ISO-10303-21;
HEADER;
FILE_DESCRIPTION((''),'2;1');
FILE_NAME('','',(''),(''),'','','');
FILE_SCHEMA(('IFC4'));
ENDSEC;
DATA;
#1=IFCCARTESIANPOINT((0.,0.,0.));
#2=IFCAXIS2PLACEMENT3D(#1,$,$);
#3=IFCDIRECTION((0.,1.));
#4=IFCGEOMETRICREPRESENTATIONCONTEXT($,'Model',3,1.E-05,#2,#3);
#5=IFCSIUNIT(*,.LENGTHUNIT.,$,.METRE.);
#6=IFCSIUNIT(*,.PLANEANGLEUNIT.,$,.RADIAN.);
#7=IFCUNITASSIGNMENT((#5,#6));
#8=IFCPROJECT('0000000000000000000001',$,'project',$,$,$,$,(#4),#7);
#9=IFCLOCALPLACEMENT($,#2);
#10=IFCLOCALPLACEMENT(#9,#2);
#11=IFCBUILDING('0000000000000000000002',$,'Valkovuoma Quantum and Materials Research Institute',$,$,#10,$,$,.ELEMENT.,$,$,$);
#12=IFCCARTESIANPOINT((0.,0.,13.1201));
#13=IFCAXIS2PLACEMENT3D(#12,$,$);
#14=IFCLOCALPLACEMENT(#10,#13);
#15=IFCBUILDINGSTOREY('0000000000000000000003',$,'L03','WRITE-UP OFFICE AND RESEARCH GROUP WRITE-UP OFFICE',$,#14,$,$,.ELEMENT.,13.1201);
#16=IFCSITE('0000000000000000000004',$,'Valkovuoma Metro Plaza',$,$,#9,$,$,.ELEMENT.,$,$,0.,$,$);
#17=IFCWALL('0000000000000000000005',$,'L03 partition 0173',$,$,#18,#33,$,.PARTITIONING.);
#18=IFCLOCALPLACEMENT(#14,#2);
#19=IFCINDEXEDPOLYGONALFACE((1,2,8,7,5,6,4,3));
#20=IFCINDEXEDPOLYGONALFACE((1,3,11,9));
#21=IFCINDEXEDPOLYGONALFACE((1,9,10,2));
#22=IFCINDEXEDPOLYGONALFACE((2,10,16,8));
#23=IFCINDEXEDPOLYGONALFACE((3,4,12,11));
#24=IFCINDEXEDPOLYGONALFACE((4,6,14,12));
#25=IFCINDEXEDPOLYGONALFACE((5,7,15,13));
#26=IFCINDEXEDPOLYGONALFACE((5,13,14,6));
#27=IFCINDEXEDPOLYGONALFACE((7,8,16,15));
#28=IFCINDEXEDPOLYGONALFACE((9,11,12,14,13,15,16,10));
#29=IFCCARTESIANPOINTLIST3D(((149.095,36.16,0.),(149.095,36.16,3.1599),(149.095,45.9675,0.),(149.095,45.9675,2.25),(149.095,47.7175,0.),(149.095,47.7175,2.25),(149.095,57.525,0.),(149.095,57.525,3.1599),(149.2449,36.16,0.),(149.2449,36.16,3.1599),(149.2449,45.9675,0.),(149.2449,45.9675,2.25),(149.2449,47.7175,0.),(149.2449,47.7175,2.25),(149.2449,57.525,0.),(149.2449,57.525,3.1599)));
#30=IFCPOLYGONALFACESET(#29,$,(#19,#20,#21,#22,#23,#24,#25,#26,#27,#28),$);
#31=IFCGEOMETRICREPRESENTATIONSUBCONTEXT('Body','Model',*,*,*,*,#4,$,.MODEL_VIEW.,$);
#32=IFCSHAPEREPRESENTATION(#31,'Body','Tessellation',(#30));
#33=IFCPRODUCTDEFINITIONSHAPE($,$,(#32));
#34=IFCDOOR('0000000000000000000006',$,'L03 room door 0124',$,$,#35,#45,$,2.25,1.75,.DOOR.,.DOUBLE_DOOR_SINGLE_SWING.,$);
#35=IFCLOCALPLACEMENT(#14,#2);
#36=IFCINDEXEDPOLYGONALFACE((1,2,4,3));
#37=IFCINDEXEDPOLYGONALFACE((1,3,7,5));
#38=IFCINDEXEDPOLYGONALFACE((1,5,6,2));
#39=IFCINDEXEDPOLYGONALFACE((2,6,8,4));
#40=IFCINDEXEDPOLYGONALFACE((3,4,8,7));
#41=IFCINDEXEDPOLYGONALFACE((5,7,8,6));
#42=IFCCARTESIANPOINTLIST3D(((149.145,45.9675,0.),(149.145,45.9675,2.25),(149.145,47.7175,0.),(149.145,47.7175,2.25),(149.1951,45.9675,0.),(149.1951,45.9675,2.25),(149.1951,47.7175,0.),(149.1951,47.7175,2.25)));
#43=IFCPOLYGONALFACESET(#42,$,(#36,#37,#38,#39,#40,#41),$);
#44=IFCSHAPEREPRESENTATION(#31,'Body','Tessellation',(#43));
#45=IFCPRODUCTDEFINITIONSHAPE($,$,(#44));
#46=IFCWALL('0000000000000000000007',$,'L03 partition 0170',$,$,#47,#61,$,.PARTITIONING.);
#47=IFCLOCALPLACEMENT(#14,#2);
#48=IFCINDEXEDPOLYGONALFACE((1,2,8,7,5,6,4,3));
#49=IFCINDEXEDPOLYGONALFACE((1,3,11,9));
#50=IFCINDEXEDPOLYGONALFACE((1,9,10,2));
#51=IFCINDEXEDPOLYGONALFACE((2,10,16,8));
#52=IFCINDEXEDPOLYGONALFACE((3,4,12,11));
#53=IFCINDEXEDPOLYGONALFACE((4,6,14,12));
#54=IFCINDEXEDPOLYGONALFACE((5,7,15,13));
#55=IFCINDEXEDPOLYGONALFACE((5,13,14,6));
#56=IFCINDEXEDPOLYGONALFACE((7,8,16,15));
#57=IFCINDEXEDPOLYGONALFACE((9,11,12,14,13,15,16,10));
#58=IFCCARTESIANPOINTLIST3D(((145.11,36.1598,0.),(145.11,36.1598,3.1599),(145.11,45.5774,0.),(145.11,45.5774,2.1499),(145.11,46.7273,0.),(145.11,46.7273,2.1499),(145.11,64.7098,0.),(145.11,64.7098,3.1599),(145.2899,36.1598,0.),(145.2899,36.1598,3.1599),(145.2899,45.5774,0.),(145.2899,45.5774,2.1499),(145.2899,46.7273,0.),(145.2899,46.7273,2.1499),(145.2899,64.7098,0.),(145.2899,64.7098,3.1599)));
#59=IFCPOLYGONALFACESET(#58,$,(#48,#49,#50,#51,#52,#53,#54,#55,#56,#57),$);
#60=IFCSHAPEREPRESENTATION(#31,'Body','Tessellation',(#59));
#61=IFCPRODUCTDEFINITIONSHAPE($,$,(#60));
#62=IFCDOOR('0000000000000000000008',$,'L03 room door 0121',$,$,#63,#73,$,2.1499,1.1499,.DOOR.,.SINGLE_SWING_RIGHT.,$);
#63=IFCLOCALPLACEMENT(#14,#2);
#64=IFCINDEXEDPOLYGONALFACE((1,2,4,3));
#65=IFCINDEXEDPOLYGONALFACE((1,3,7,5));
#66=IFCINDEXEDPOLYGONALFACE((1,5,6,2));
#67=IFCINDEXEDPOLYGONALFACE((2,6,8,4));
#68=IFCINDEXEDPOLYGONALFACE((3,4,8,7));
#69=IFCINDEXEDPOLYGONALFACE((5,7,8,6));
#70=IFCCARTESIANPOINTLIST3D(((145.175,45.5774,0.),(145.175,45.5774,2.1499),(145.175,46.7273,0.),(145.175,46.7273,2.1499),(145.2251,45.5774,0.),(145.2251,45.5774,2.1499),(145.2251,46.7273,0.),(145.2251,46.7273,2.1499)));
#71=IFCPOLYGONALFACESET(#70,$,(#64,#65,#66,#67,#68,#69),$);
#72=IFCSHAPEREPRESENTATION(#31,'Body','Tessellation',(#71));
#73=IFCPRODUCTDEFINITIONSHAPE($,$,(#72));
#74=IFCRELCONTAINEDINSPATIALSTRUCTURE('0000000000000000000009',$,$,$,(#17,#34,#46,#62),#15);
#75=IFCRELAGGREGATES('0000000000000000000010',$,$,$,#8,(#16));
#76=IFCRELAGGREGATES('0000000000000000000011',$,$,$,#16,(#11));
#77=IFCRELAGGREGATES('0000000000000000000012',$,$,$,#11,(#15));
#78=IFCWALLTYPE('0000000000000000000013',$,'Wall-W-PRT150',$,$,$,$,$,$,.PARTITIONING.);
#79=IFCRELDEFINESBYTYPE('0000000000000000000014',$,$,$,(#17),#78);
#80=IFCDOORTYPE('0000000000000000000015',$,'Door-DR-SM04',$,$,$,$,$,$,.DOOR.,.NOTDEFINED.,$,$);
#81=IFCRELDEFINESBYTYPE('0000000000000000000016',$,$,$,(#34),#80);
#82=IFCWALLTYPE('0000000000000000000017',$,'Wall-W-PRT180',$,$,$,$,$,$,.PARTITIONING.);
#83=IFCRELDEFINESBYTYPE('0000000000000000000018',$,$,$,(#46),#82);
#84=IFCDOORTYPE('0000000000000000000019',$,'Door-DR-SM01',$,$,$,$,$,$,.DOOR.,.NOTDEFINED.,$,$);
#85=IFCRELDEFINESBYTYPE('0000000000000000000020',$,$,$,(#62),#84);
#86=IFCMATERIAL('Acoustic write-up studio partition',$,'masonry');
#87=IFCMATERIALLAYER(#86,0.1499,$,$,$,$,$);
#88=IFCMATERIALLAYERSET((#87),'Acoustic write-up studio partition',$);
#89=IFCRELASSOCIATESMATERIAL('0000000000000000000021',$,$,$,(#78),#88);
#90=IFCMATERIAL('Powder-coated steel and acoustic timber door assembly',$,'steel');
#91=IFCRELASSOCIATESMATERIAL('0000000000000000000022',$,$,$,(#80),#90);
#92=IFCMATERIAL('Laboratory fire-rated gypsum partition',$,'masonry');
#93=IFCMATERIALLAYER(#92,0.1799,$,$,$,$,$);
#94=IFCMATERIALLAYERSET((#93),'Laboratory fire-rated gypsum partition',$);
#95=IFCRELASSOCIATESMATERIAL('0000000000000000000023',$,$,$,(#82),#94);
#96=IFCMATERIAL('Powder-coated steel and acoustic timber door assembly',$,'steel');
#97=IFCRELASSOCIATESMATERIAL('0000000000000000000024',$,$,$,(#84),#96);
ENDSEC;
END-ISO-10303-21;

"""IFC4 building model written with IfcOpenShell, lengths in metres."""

from ifc_helpers import new_model, si_unit, direction, frame, frame_2d, origin, place, context, subcontext, project, spatial, rectangle, extrude, material, layer, layer_set, type_object, element, fill, save


model = new_model("IFC4")

# Units and contexts
model_context = context("Model", 3, precision=1e-05, world=origin(), true_north=direction((0.0, 1.0)))
body_context = subcontext(model_context, "Body", "Model", "MODEL_VIEW")
ifc_project = project(units=[si_unit("LENGTHUNIT", "METRE"), si_unit("PLANEANGLEUNIT", "RADIAN")], contexts=[model_context])

# Site, building, storey
site_placement = place(None, origin())
site = spatial("IfcSite", under=ifc_project, at=site_placement, Name="Valkovuoma Metro Plaza", CompositionType="ELEMENT", RefElevation=0.0)
building_placement = place(site_placement, origin())
building = spatial("IfcBuilding", under=site, at=building_placement, Name="Valkovuoma Quantum and Materials Research Institute", CompositionType="ELEMENT")
storey_placement = place(building_placement, frame((0.0, 0.0, 13.1201)))
storey = spatial("IfcBuildingStorey", under=building, at=storey_placement, Name="L03", Description="WRITE-UP OFFICE AND RESEARCH GROUP WRITE-UP OFFICE", CompositionType="ELEMENT", Elevation=13.1201)

# Walls, openings, doors
ifc_material_1 = material(Name="Acoustic write-up studio partition", Category="masonry")
ifc_layer_1 = layer(ifc_material_1, 0.1499)
ifc_layer_set_1 = layer_set([ifc_layer_1], Name="Acoustic write-up studio partition")
wall_type_1 = type_object("IfcWallType", Name="Wall-W-PRT150", PredefinedType="PARTITIONING", material=ifc_layer_set_1)
wall_1_placement = place(storey_placement, frame((149.1699, 36.1599, 0.0), z_axis=(0.0, 0.0, 1.0), x_axis=(0.0, 1.0, 0.0)))
wall_1 = element("IfcWall", 1, at=wall_1_placement, inside=storey, type_object=wall_type_1, Name="L03 partition 0173", PredefinedType="PARTITIONING", context=body_context, shape_type="SweptSolid", body=[
    extrude(rectangle(XDim=21.365, YDim=0.1499, at=frame_2d((10.6826, 0.0))), origin(), (0.0, 0.0, 1.0), 3.1599),
])
opening_1_placement = place(wall_1_placement, frame((9.8076, 0.0, 0.0)))
opening_1 = element("IfcOpeningElement", 2, at=opening_1_placement, cuts=wall_1, PredefinedType="OPENING", context=body_context, shape_type="SweptSolid", body=[
    extrude(rectangle(XDim=1.75, YDim=2.25, at=frame_2d((0.875, 1.125))), frame((0.0, 0.085, 0.0), z_axis=(0.0, -1.0, 0.0), x_axis=(1.0, 0.0, 0.0)), (0.0, 0.0, 1.0), 0.1699),
])
ifc_material_2 = material(Name="Powder-coated steel and acoustic timber door assembly", Category="steel")
door_type_1 = type_object("IfcDoorType", Name="Door-DR-SM04", OperationType="NOTDEFINED", PredefinedType="DOOR", material=ifc_material_2)
door_1_placement = place(opening_1_placement, origin())
door_1 = element("IfcDoor", 3, at=door_1_placement, inside=storey, type_object=door_type_1, Name="L03 room door 0124", OperationType="DOUBLE_DOOR_SINGLE_SWING", OverallHeight=2.25, OverallWidth=1.75, PredefinedType="DOOR", context=body_context, shape_type="SweptSolid", body=[
    extrude(rectangle(XDim=1.75, YDim=2.25, at=frame_2d((0.875, 1.125))), frame((0.0, 0.0249, 0.0), z_axis=(0.0, -1.0, 0.0), x_axis=(1.0, 0.0, 0.0)), (0.0, 0.0, 1.0), 0.05),
])
fill(opening_1, door_1)
ifc_material_3 = material(Name="Laboratory fire-rated gypsum partition", Category="masonry")
ifc_layer_2 = layer(ifc_material_3, 0.1799)
ifc_layer_set_2 = layer_set([ifc_layer_2], Name="Laboratory fire-rated gypsum partition")
wall_type_2 = type_object("IfcWallType", Name="Wall-W-PRT180", PredefinedType="PARTITIONING", material=ifc_layer_set_2)
wall_2_placement = place(storey_placement, frame((145.2, 36.1599, 0.0), z_axis=(0.0, 0.0, 1.0), x_axis=(0.0, 1.0, 0.0)))
wall_2 = element("IfcWall", 4, at=wall_2_placement, inside=storey, type_object=wall_type_2, Name="L03 partition 0170", PredefinedType="PARTITIONING", context=body_context, shape_type="SweptSolid", body=[
    extrude(rectangle(XDim=28.55, YDim=0.1799, at=frame_2d((14.2749, 0.0))), origin(), (0.0, 0.0, 1.0), 3.1599),
])
opening_2_placement = place(wall_2_placement, frame((9.4175, 0.0, 0.0)))
opening_2 = element("IfcOpeningElement", 5, at=opening_2_placement, cuts=wall_2, PredefinedType="OPENING", context=body_context, shape_type="SweptSolid", body=[
    extrude(rectangle(XDim=1.1499, YDim=2.1499, at=frame_2d((0.575, 1.075))), frame((0.0, 0.1001, 0.0), z_axis=(0.0, -1.0, 0.0), x_axis=(1.0, 0.0, 0.0)), (0.0, 0.0, 1.0), 0.2),
])
ifc_material_4 = material(Name="Powder-coated steel and acoustic timber door assembly", Category="steel")
door_type_2 = type_object("IfcDoorType", Name="Door-DR-SM01", OperationType="NOTDEFINED", PredefinedType="DOOR", material=ifc_material_4)
door_2_placement = place(opening_2_placement, origin())
door_2 = element("IfcDoor", 6, at=door_2_placement, inside=storey, type_object=door_type_2, Name="L03 room door 0121", OperationType="SINGLE_SWING_RIGHT", OverallHeight=2.1499, OverallWidth=1.1499, PredefinedType="DOOR", context=body_context, shape_type="SweptSolid", body=[
    extrude(rectangle(XDim=1.1499, YDim=2.1499, at=frame_2d((0.575, 1.075))), frame((0.0, 0.0249, 0.0), z_axis=(0.0, -1.0, 0.0), x_axis=(1.0, 0.0, 0.0)), (0.0, 0.0, 1.0), 0.05),
])
fill(opening_2, door_2)

save(model, "model.ifc")
